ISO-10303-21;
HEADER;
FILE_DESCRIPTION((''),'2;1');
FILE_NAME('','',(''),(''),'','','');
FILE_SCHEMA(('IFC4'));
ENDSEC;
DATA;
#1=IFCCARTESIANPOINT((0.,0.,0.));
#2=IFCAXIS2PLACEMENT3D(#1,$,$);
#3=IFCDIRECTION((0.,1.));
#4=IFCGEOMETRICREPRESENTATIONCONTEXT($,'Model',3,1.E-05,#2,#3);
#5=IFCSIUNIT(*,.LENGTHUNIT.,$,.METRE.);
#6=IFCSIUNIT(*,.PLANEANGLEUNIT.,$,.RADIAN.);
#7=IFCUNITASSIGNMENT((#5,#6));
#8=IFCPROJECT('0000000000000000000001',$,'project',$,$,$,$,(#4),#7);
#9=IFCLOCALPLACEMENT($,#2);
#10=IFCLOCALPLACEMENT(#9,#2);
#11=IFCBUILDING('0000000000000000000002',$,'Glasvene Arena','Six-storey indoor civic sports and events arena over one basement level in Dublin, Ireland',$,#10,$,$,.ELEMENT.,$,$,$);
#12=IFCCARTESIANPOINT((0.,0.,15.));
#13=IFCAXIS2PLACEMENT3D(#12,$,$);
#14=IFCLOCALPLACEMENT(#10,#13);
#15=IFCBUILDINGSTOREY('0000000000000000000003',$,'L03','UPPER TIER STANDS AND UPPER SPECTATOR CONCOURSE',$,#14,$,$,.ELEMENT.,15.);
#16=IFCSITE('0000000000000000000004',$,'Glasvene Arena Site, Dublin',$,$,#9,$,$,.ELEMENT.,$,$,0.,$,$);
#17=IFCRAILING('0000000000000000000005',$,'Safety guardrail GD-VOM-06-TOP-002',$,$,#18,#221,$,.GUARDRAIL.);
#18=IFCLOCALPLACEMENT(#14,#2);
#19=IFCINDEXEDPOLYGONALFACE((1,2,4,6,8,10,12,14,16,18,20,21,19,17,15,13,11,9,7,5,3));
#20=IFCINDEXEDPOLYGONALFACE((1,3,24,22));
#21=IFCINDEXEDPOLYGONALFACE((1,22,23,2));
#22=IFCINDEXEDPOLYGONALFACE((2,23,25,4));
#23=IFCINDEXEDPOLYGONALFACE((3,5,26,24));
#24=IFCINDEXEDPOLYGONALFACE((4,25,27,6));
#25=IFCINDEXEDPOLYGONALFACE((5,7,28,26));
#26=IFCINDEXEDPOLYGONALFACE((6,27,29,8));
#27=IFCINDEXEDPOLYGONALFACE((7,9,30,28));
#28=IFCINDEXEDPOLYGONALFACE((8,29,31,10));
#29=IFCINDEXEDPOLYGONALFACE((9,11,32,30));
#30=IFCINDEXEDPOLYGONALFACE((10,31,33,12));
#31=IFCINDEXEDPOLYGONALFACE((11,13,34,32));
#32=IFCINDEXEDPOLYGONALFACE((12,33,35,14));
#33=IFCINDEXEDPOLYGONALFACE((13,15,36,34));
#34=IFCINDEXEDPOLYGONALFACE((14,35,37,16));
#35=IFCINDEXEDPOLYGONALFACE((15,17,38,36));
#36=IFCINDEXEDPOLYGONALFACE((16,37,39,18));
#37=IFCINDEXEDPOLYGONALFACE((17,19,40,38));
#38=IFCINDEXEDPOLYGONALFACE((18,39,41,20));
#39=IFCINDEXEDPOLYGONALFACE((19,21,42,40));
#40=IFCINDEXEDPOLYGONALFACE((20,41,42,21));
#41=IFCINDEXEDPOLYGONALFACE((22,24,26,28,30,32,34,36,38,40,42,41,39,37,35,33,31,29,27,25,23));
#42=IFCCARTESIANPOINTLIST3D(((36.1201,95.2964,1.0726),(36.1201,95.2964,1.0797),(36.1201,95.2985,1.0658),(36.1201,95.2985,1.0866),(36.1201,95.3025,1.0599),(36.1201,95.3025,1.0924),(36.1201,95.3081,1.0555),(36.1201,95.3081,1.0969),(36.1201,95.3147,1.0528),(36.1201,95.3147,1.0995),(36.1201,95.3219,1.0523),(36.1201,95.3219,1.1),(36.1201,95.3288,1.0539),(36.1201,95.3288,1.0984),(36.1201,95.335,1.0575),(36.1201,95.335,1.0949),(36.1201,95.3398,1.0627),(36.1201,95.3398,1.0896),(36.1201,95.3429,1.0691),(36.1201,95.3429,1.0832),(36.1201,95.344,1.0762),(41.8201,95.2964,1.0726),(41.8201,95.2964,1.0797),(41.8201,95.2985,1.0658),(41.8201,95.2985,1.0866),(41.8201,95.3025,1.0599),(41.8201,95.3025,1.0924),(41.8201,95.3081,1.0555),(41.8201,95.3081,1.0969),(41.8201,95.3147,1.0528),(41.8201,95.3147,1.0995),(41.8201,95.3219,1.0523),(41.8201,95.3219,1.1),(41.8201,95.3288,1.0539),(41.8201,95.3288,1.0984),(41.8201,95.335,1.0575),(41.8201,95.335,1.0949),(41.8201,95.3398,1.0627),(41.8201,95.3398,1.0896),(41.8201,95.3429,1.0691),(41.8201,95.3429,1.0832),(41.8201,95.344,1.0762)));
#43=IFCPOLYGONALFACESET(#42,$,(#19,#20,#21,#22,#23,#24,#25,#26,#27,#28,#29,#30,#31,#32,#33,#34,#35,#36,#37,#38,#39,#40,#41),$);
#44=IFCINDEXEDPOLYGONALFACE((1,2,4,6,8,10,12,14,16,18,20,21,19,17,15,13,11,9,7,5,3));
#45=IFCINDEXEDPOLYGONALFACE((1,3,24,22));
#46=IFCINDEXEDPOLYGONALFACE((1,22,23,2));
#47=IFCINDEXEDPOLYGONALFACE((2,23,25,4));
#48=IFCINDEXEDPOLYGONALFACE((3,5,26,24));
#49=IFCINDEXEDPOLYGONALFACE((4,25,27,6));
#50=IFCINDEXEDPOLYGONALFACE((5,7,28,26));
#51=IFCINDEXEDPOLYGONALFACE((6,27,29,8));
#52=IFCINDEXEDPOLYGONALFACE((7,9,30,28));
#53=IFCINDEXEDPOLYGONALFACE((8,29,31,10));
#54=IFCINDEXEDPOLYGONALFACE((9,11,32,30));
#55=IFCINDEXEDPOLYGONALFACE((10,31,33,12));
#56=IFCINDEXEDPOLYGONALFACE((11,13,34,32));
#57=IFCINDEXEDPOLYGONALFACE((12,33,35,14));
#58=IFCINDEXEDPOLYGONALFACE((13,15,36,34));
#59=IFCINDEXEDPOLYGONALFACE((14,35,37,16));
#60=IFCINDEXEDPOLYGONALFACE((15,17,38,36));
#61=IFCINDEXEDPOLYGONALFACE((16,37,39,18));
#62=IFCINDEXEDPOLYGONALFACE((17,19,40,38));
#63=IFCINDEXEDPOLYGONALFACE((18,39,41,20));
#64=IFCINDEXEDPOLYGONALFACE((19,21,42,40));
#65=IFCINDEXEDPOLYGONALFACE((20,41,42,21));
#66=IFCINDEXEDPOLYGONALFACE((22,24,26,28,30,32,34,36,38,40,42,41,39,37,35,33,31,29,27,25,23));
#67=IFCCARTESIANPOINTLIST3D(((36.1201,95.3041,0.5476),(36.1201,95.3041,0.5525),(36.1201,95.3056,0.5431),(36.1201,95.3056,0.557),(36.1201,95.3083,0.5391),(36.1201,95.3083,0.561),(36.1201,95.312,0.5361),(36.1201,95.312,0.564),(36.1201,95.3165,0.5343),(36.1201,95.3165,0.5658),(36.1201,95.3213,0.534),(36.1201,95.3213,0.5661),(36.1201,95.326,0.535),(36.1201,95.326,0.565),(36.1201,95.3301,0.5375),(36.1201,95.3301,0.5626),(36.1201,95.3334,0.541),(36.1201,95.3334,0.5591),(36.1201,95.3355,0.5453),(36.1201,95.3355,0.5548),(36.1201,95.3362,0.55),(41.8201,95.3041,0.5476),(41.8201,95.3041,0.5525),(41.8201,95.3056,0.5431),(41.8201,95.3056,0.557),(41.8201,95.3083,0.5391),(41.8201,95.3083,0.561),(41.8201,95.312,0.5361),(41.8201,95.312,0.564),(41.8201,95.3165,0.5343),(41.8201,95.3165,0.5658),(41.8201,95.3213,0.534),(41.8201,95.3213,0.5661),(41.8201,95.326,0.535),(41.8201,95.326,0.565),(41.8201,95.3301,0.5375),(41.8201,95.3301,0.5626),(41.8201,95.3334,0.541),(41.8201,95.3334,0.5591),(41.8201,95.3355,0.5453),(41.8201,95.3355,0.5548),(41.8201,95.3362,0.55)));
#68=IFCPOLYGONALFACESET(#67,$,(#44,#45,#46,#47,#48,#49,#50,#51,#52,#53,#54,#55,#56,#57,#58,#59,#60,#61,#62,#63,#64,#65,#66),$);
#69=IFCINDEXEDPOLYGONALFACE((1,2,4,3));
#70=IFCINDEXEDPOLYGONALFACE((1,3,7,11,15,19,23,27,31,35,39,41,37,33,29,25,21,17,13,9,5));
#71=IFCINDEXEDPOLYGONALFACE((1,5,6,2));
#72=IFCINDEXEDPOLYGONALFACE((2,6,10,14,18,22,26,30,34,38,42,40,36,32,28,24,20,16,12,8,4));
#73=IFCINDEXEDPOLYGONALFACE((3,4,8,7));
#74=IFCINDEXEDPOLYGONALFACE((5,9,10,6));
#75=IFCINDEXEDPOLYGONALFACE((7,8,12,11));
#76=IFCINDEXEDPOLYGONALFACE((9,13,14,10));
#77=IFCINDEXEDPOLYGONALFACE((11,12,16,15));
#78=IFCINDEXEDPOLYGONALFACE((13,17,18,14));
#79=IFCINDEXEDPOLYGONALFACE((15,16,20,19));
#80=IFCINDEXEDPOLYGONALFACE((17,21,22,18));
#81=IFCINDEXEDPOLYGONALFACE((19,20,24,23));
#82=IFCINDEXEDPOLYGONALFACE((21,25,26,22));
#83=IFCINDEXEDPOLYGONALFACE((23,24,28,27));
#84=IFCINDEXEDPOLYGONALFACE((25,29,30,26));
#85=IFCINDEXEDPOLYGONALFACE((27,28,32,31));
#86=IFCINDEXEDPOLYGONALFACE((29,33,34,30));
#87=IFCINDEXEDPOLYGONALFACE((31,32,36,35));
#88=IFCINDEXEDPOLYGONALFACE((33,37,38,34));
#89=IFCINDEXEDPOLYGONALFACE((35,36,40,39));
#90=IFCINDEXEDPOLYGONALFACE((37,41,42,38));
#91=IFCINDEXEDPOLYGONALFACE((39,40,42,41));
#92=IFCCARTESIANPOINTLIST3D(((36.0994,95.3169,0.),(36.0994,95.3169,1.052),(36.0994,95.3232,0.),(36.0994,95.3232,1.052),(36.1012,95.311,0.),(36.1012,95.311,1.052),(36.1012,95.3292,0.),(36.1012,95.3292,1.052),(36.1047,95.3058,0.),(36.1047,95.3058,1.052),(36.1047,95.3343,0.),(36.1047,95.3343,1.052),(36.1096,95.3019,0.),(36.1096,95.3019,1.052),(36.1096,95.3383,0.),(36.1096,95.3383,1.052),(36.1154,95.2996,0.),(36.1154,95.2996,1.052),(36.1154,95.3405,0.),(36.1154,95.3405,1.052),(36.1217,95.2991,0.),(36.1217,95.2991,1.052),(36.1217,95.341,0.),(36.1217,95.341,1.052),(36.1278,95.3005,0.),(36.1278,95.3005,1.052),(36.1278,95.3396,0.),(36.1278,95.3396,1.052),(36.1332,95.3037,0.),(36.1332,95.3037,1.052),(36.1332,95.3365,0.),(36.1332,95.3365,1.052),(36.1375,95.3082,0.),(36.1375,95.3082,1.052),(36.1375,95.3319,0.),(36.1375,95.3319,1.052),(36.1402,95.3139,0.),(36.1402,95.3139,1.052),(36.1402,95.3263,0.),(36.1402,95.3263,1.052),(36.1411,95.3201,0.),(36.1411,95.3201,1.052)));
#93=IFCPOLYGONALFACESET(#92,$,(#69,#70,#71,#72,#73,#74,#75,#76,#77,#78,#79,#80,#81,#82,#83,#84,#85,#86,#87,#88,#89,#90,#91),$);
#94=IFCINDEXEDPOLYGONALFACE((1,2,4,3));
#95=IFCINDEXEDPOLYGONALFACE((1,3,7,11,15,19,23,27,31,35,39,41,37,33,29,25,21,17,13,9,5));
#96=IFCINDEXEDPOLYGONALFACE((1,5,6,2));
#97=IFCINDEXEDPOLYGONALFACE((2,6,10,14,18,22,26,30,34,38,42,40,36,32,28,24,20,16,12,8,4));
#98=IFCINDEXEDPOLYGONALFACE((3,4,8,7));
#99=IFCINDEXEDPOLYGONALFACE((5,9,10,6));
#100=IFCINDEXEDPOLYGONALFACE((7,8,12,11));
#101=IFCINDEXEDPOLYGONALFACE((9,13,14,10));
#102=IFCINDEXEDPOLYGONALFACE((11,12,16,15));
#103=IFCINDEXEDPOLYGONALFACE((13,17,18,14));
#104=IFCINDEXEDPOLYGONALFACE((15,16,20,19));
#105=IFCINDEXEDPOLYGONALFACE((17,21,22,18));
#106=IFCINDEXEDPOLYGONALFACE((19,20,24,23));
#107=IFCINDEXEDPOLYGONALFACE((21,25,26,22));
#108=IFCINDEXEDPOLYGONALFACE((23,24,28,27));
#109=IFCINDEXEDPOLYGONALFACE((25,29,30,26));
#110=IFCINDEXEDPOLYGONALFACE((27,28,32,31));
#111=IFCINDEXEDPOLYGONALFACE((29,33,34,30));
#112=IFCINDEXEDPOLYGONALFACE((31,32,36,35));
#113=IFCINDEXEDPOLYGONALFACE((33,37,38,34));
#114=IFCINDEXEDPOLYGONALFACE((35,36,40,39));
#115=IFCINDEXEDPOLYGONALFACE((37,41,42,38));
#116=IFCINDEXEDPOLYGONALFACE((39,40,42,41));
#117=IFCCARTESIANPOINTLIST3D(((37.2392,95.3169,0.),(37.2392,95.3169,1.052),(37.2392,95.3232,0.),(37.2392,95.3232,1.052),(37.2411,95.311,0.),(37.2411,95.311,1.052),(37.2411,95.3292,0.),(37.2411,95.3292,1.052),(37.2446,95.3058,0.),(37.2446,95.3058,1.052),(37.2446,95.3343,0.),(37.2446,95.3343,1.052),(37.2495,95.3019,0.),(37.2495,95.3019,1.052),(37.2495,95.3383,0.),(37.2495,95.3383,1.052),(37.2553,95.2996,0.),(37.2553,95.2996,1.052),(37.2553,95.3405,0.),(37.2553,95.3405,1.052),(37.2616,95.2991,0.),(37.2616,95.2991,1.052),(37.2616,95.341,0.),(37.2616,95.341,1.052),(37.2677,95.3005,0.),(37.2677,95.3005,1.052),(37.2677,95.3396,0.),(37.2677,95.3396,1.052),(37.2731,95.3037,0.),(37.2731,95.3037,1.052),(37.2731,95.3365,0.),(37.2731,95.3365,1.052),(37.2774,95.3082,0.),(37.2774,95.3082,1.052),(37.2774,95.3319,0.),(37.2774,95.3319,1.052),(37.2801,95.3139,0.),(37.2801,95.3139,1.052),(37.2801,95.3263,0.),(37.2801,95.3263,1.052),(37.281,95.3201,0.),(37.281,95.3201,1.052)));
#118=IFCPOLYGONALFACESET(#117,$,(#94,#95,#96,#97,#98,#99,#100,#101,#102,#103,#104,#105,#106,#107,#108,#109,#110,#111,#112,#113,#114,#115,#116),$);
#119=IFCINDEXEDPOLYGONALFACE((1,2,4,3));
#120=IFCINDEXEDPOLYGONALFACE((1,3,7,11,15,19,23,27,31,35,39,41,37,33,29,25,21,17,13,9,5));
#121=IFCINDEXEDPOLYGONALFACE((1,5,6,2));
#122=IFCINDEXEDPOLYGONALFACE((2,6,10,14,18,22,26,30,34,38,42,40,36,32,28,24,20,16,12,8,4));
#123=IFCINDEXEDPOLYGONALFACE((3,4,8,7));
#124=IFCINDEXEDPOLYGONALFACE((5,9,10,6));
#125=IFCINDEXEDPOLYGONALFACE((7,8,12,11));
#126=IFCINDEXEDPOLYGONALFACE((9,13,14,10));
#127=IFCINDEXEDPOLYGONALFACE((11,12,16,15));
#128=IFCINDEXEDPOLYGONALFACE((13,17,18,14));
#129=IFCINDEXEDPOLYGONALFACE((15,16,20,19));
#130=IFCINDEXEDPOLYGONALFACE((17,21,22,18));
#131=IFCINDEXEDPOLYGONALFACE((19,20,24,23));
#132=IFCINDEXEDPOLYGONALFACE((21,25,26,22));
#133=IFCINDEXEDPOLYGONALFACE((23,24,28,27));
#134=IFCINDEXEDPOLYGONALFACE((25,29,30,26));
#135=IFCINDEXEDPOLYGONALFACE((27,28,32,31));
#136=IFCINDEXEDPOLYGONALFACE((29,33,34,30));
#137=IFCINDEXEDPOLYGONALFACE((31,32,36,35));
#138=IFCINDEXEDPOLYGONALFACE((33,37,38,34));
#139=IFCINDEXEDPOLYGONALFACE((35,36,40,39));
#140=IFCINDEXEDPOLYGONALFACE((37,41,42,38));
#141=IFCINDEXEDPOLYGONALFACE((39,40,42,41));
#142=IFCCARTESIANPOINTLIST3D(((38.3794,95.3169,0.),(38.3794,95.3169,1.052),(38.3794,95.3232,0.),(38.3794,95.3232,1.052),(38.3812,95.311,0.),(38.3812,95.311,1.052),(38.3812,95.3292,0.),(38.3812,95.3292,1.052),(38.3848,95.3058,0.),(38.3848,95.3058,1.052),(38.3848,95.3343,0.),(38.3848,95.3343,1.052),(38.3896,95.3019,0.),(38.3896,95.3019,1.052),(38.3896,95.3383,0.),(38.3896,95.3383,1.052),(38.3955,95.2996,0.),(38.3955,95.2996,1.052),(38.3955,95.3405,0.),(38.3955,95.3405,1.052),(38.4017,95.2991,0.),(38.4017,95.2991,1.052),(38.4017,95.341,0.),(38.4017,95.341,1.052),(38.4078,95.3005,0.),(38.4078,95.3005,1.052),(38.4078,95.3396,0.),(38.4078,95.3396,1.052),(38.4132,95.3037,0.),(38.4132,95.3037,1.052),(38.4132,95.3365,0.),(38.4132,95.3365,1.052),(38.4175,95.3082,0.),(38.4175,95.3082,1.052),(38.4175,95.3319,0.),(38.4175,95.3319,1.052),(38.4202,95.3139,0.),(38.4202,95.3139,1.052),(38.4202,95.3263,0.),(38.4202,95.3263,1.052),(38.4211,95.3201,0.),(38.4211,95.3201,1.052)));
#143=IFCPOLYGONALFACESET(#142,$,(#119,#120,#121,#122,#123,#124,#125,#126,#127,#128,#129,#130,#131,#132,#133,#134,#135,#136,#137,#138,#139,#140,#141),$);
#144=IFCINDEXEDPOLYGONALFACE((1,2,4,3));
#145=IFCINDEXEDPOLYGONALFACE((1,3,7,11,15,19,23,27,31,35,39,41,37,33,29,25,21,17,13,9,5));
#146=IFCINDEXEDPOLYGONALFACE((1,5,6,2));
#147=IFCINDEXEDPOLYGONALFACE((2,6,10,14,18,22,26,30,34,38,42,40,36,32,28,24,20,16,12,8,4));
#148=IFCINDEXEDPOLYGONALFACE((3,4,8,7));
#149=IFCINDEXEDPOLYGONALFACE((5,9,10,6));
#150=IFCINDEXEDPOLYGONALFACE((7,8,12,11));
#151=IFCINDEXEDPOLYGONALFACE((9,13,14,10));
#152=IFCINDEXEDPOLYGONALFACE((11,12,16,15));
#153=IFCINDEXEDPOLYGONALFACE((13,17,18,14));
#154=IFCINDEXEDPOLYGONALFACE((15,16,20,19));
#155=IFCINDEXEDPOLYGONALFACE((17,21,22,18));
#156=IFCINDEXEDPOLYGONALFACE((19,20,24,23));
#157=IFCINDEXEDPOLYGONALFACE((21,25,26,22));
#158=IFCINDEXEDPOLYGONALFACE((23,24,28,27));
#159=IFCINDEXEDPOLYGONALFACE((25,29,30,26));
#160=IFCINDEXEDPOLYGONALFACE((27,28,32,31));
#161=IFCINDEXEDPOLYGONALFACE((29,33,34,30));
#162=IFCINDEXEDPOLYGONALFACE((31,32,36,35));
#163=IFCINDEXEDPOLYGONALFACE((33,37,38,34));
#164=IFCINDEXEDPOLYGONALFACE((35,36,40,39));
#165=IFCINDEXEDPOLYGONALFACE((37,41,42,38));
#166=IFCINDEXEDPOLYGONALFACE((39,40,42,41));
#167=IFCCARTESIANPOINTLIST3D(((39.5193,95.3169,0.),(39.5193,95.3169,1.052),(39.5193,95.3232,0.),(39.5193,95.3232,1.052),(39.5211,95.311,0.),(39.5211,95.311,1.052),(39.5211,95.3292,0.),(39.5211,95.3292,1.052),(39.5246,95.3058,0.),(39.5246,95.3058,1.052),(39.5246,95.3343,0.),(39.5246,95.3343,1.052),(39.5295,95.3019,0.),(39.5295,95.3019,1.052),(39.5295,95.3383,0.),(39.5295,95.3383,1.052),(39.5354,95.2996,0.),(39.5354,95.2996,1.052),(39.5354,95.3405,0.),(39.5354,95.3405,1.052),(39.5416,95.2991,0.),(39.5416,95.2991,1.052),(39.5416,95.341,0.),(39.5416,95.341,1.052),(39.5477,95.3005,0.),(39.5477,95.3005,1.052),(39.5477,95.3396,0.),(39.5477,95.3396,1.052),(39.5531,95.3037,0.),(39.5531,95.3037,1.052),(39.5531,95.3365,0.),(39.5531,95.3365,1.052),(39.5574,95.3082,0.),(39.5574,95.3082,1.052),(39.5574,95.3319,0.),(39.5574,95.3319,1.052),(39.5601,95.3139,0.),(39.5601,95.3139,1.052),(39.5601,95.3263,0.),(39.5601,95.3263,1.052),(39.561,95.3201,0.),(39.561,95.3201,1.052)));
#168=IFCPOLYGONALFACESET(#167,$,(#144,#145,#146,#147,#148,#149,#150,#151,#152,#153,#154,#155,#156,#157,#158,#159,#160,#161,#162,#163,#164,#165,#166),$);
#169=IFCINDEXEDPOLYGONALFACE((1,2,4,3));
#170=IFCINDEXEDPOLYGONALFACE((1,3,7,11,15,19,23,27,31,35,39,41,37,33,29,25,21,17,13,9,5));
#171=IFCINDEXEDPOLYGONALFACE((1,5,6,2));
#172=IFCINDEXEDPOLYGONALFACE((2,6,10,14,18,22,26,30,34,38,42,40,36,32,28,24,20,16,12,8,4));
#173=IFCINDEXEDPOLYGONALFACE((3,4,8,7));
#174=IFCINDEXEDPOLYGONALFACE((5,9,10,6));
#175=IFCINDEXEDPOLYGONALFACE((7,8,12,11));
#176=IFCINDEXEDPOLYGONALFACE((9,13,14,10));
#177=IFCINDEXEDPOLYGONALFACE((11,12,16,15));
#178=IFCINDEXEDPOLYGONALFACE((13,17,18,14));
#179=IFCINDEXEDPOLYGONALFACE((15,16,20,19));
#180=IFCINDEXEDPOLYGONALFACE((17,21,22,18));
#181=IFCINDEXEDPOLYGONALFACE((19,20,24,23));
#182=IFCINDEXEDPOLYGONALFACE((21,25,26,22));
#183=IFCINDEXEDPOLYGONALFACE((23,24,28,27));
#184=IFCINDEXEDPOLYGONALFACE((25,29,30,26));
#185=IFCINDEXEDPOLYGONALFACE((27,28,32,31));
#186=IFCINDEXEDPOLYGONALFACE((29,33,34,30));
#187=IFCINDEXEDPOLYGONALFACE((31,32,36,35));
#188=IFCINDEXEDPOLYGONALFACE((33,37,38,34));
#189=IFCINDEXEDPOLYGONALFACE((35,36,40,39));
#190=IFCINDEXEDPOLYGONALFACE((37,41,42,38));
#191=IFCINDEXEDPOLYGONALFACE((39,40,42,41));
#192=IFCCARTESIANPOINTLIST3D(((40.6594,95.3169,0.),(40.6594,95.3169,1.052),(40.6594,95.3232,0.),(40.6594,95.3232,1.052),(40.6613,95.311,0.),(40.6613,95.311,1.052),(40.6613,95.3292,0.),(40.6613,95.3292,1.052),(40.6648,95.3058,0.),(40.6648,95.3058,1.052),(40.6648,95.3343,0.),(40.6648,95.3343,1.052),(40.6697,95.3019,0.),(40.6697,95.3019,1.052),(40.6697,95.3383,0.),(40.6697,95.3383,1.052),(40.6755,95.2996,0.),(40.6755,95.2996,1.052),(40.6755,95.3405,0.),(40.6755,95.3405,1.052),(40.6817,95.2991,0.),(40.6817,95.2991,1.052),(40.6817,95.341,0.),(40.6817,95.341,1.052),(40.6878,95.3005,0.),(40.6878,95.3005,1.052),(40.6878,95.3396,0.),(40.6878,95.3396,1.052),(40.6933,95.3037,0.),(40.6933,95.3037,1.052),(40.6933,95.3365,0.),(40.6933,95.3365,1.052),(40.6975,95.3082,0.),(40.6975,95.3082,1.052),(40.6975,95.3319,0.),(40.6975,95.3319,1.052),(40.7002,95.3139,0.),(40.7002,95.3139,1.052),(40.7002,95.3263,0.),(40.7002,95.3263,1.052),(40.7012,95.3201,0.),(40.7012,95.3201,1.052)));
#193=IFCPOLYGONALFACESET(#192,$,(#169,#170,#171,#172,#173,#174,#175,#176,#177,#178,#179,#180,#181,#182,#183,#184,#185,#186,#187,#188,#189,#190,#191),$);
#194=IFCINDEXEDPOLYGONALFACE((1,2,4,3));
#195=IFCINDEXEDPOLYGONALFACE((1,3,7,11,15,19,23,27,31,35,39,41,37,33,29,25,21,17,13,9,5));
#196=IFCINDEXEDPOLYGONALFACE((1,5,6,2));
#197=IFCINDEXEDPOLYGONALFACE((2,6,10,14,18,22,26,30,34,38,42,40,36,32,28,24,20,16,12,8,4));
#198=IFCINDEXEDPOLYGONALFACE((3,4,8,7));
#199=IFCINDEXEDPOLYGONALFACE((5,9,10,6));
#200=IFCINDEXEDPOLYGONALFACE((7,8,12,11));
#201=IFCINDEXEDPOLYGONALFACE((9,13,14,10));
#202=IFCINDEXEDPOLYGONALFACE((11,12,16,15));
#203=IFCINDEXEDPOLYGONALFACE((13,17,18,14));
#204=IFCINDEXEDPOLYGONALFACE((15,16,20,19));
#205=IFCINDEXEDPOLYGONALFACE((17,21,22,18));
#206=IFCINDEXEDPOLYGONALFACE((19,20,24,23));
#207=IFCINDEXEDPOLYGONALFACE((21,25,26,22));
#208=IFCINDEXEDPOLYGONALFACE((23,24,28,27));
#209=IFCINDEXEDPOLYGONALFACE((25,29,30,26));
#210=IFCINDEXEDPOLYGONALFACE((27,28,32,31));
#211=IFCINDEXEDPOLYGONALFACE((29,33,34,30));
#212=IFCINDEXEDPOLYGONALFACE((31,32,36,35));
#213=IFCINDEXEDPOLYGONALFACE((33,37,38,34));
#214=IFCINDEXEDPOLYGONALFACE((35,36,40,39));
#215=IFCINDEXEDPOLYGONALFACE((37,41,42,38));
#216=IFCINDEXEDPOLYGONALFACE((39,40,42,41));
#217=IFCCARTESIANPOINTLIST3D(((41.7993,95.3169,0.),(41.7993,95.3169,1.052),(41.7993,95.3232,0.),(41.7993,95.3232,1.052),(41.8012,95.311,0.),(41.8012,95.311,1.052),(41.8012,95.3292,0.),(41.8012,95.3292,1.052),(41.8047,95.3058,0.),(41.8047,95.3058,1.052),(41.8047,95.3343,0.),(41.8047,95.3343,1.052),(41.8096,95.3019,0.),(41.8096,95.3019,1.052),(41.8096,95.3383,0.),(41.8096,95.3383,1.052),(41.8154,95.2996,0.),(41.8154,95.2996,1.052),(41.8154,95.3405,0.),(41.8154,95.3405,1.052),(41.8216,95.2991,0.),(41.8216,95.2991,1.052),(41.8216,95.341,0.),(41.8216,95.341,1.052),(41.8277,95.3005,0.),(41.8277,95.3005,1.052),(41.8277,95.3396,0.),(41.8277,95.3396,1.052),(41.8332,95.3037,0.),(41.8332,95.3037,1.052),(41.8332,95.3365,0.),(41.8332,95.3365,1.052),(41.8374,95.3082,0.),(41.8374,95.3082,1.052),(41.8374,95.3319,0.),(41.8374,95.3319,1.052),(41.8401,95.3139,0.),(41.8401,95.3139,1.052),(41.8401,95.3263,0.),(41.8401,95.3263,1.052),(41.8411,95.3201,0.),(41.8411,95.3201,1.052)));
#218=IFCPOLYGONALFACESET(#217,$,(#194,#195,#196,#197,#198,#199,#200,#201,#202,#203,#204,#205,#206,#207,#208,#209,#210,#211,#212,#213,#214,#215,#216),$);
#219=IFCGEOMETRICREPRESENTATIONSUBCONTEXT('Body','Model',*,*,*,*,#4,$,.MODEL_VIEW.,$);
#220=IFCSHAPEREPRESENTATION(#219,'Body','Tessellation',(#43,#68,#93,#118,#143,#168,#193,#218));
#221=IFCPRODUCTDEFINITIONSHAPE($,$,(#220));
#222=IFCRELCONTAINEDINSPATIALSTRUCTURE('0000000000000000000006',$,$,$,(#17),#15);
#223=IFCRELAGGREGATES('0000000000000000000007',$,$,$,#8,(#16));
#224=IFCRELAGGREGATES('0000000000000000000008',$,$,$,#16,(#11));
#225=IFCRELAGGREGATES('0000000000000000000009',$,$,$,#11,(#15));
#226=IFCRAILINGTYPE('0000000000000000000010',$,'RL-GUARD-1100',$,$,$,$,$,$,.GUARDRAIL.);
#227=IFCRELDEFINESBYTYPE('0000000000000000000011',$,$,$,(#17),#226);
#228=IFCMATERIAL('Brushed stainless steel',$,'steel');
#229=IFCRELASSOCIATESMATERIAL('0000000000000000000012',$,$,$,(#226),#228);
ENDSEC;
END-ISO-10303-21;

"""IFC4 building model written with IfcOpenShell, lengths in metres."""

from ifc_helpers import new_model, si_unit, direction, frame, origin, origin_2d, place, context, subcontext, project, spatial, circle, extrude, material, type_object, element, save


model = new_model("IFC4")

# Units and contexts
model_context = context("Model", 3, precision=1e-05, world=origin(), true_north=direction((0.0, 1.0)))
body_context = subcontext(model_context, "Body", "Model", "MODEL_VIEW")
ifc_project = project(units=[si_unit("LENGTHUNIT", "METRE"), si_unit("PLANEANGLEUNIT", "RADIAN")], contexts=[model_context])

# Site, building, storey
site_placement = place(None, origin())
site = spatial("IfcSite", under=ifc_project, at=site_placement, Name="Glasvene Arena Site, Dublin", CompositionType="ELEMENT", RefElevation=0.0)
building_placement = place(site_placement, origin())
building = spatial("IfcBuilding", under=site, at=building_placement, Name="Glasvene Arena", Description="Six-storey indoor civic sports and events arena over one basement level in Dublin, Ireland", CompositionType="ELEMENT")
storey_placement = place(building_placement, frame((0.0, 0.0, 15.0)))
storey = spatial("IfcBuildingStorey", under=building, at=storey_placement, Name="L03", Description="UPPER TIER STANDS AND UPPER SPECTATOR CONCOURSE", CompositionType="ELEMENT", Elevation=15.0)

# Railing
ifc_material_1 = material(Name="Brushed stainless steel", Category="steel")
railing_type_1 = type_object("IfcRailingType", Name="RL-GUARD-1100", PredefinedType="GUARDRAIL", material=ifc_material_1)
railing_1_placement = place(storey_placement, frame((36.1201, 95.3201, 0.0)))
element("IfcRailing", 1, at=railing_1_placement, inside=storey, type_object=railing_type_1, Name="Safety guardrail GD-VOM-06-TOP-002", PredefinedType="GUARDRAIL", context=body_context, shape_type="SweptSolid", body=[
    extrude(circle(Radius=0.0239, at=origin_2d()), frame((0.0, 0.0, 1.0762), z_axis=(1.0, 0.0, 0.0), x_axis=(0.0, 1.0, 0.0)), (0.0, 0.0, 1.0), 5.7),
    extrude(circle(Radius=0.0161, at=origin_2d()), frame((0.0, 0.0, 0.55), z_axis=(1.0, 0.0, 0.0), x_axis=(0.0, 1.0, 0.0)), (0.0, 0.0, 1.0), 5.7),
    extrude(circle(Radius=0.021, at=origin_2d()), origin(), (0.0, 0.0, 1.0), 1.052),
    extrude(circle(Radius=0.021, at=origin_2d()), frame((1.1399, 0.0, 0.0)), (0.0, 0.0, 1.0), 1.052),
    extrude(circle(Radius=0.021, at=origin_2d()), frame((2.28, 0.0, 0.0)), (0.0, 0.0, 1.0), 1.052),
    extrude(circle(Radius=0.021, at=origin_2d()), frame((3.4199, 0.0, 0.0)), (0.0, 0.0, 1.0), 1.052),
    extrude(circle(Radius=0.021, at=origin_2d()), frame((4.5601, 0.0, 0.0)), (0.0, 0.0, 1.0), 1.052),
    extrude(circle(Radius=0.021, at=origin_2d()), frame((5.7, 0.0, 0.0)), (0.0, 0.0, 1.0), 1.052),
])

save(model, "model.ifc")
